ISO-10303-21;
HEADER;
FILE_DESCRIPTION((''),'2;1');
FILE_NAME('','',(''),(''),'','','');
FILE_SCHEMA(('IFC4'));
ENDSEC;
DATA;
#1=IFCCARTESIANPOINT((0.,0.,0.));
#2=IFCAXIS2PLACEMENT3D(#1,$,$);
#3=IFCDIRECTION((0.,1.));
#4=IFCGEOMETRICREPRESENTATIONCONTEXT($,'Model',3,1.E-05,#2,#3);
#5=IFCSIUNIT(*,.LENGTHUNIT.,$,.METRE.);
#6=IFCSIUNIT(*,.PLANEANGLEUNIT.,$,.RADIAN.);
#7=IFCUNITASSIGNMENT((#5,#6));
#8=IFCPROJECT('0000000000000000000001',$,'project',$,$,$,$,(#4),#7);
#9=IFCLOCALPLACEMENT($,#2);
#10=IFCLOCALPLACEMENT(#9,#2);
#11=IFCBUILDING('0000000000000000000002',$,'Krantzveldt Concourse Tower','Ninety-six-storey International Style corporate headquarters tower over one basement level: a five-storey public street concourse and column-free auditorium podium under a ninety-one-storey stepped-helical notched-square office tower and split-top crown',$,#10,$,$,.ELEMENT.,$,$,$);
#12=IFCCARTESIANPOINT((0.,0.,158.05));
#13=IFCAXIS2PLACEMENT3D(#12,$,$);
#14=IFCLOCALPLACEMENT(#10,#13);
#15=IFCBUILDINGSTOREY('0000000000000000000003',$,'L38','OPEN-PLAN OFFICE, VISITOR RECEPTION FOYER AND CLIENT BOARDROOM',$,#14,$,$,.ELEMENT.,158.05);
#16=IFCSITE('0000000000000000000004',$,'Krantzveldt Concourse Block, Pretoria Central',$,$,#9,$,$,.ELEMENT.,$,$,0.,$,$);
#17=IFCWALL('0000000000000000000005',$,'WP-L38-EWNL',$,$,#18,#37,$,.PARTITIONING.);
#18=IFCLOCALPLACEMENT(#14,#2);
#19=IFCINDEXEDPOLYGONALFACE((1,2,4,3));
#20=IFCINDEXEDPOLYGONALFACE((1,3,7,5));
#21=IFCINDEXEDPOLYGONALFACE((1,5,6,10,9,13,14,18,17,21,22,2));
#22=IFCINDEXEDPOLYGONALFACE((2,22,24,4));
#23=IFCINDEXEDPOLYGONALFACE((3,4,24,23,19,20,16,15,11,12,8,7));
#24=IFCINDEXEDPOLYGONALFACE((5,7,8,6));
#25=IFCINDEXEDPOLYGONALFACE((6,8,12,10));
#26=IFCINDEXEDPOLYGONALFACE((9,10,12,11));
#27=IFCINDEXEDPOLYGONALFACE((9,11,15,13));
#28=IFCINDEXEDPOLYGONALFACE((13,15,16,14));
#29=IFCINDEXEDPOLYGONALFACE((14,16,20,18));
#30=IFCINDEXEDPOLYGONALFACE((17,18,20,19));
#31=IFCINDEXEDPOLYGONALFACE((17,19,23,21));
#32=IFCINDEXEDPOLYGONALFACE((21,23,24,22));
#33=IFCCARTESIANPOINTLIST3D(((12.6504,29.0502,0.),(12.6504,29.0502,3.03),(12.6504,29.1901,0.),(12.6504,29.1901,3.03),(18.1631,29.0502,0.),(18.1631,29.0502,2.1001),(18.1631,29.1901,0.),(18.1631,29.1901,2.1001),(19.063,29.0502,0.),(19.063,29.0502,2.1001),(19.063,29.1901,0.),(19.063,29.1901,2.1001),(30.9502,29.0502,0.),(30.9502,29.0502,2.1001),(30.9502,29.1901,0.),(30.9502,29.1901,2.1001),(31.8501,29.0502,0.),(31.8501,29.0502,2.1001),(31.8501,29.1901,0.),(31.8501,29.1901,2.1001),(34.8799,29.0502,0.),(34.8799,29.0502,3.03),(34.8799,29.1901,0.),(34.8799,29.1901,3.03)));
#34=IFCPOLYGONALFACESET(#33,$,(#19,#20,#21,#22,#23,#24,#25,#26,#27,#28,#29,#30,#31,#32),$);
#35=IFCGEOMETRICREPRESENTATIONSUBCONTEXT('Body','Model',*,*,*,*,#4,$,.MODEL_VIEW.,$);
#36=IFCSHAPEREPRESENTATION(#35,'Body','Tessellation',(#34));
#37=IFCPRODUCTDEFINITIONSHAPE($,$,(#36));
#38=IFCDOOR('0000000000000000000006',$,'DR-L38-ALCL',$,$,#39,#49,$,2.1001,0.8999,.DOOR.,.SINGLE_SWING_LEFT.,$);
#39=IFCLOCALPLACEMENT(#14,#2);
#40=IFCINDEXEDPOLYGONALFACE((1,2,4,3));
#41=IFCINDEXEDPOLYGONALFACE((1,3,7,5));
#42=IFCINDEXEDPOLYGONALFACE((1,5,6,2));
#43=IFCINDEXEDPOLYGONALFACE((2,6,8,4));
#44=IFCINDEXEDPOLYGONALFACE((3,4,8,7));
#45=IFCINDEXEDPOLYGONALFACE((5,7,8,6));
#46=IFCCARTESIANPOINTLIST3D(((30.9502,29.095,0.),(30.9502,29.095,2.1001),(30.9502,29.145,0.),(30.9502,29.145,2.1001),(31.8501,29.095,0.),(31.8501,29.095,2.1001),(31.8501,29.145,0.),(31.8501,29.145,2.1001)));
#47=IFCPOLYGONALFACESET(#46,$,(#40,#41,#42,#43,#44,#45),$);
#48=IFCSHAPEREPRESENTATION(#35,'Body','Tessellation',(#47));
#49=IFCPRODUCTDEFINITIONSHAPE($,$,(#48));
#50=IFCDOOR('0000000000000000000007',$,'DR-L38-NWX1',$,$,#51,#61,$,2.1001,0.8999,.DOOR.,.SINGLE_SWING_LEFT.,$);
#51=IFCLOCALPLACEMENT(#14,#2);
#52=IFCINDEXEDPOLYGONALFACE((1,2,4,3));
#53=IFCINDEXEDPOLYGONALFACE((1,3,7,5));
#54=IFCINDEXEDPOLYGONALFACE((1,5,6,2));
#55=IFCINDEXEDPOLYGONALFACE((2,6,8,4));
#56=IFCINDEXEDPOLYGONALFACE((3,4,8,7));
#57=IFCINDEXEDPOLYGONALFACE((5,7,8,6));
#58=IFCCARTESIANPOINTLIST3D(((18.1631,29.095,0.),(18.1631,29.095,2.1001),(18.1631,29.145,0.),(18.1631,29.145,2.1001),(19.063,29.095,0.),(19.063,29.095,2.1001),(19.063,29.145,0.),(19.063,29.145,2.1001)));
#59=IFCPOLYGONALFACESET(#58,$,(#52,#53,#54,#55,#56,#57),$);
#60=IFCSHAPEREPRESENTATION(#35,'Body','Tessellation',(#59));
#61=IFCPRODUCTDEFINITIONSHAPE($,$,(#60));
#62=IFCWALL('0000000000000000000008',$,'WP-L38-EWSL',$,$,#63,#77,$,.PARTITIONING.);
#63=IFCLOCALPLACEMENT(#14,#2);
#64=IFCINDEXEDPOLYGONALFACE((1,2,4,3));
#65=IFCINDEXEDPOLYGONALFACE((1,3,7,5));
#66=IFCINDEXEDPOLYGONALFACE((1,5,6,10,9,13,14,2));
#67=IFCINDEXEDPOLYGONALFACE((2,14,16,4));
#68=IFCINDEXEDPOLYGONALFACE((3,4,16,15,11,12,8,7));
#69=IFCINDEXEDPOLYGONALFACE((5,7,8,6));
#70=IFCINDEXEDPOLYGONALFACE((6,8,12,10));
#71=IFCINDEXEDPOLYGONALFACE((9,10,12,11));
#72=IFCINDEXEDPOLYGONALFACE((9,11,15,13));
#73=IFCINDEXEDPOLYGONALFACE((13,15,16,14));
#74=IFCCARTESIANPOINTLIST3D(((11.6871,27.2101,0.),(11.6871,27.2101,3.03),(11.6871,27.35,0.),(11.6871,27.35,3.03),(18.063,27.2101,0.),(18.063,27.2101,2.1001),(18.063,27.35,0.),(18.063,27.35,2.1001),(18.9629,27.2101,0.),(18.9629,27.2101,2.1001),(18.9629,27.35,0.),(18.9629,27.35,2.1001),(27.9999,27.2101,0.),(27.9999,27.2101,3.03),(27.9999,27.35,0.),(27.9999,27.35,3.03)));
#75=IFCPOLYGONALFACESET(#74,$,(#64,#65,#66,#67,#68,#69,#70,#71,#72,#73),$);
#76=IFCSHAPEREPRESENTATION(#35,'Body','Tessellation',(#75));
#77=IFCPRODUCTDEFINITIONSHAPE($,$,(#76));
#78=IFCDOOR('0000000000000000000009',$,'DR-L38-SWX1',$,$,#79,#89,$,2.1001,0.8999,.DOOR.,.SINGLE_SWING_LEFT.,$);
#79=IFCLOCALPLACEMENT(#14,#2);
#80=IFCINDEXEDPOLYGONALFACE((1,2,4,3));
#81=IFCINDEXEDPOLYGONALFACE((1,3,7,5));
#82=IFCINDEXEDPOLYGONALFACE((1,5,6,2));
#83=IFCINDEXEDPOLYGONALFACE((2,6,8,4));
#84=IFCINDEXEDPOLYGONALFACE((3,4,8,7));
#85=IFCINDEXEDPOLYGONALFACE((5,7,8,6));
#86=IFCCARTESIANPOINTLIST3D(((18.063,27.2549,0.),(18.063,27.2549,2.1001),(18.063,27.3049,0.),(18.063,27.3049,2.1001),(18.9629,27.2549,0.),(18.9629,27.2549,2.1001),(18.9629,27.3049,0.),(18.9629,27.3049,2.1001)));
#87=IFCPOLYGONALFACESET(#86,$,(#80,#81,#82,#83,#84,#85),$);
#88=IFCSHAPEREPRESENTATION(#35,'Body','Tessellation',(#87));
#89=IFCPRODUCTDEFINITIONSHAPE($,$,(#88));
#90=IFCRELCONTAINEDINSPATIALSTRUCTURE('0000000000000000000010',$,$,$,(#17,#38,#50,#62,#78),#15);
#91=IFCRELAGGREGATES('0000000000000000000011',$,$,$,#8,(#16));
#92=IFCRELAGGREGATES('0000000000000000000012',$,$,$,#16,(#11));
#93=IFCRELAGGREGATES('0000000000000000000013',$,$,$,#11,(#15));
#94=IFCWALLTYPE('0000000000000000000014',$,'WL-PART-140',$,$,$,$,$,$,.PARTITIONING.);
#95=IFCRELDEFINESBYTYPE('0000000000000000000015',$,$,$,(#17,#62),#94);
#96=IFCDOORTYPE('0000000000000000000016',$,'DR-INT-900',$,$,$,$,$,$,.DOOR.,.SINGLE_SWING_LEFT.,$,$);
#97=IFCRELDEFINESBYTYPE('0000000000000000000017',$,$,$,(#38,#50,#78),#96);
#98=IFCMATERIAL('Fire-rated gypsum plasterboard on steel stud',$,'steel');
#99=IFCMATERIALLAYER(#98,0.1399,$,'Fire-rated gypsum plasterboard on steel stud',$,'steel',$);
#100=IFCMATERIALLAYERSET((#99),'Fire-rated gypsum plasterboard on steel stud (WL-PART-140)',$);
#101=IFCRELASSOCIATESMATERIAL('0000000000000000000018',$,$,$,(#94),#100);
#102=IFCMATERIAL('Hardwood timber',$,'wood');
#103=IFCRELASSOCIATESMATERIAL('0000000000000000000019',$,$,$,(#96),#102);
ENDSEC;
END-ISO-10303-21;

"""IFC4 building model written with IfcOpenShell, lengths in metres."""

from ifc_helpers import new_model, si_unit, direction, frame, frame_2d, origin, place, context, subcontext, project, spatial, rectangle, extrude, material, layer, layer_set, type_object, element, fill, save


model = new_model("IFC4")

# Units and contexts
model_context = context("Model", 3, precision=1e-05, world=origin(), true_north=direction((0.0, 1.0)))
body_context = subcontext(model_context, "Body", "Model", "MODEL_VIEW")
ifc_project = project(units=[si_unit("LENGTHUNIT", "METRE"), si_unit("PLANEANGLEUNIT", "RADIAN")], contexts=[model_context])

# Site, building, storey
site_placement = place(None, origin())
site = spatial("IfcSite", under=ifc_project, at=site_placement, Name="Krantzveldt Concourse Block, Pretoria Central", CompositionType="ELEMENT", RefElevation=0.0)
building_placement = place(site_placement, origin())
building = spatial("IfcBuilding", under=site, at=building_placement, Name="Krantzveldt Concourse Tower", Description="Ninety-six-storey International Style corporate headquarters tower over one basement level: a five-storey public street concourse and column-free auditorium podium under a ninety-one-storey stepped-helical notched-square office tower and split-top crown", CompositionType="ELEMENT")
storey_placement = place(building_placement, frame((0.0, 0.0, 158.05)))
storey = spatial("IfcBuildingStorey", under=building, at=storey_placement, Name="L38", Description="OPEN-PLAN OFFICE, VISITOR RECEPTION FOYER AND CLIENT BOARDROOM", CompositionType="ELEMENT", Elevation=158.05)

# Wall, openings, doors
ifc_material_1 = material(Name="Fire-rated gypsum plasterboard on steel stud", Category="steel")
ifc_layer_1 = layer(ifc_material_1, 0.1399, Name="Fire-rated gypsum plasterboard on steel stud", Category="steel")
ifc_layer_set_1 = layer_set([ifc_layer_1], Name="Fire-rated gypsum plasterboard on steel stud (WL-PART-140)")
wall_type = type_object("IfcWallType", Name="WL-PART-140", PredefinedType="PARTITIONING", material=ifc_layer_set_1)
wall_1_placement = place(storey_placement, frame((12.6504, 29.1201, 0.0), z_axis=(0.0, 0.0, 1.0), x_axis=(1.0, 0.0, 0.0)))
wall_1 = element("IfcWall", 1, at=wall_1_placement, inside=storey, type_object=wall_type, Name="WP-L38-EWNL", PredefinedType="PARTITIONING", context=body_context, shape_type="SweptSolid", body=[
    extrude(rectangle(XDim=22.2295, YDim=0.1399, at=frame_2d((11.1147, 0.0))), origin(), (0.0, 0.0, 1.0), 3.03),
])
opening_1_placement = place(wall_1_placement, frame((18.2998, 0.0, 0.0)))
opening_1 = element("IfcOpeningElement", 2, at=opening_1_placement, cuts=wall_1, PredefinedType="OPENING", context=body_context, shape_type="SweptSolid", body=[
    extrude(rectangle(XDim=0.8999, YDim=2.1001, at=frame_2d((0.45, 1.05))), frame((0.0, 0.0801, 0.0), z_axis=(0.0, -1.0, 0.0), x_axis=(1.0, 0.0, 0.0)), (0.0, 0.0, 1.0), 0.1599),
])
opening_2_placement = place(wall_1_placement, frame((5.5127, 0.0, 0.0)))
opening_2 = element("IfcOpeningElement", 3, at=opening_2_placement, cuts=wall_1, PredefinedType="OPENING", context=body_context, shape_type="SweptSolid", body=[
    extrude(rectangle(XDim=0.8999, YDim=2.1001, at=frame_2d((0.45, 1.05))), frame((0.0, 0.0801, 0.0), z_axis=(0.0, -1.0, 0.0), x_axis=(1.0, 0.0, 0.0)), (0.0, 0.0, 1.0), 0.1599),
])
ifc_material_2 = material(Name="Hardwood timber", Category="wood")
door_type = type_object("IfcDoorType", Name="DR-INT-900", OperationType="SINGLE_SWING_LEFT", PredefinedType="DOOR", material=ifc_material_2)
door_1_placement = place(opening_1_placement, origin())
door_1 = element("IfcDoor", 4, at=door_1_placement, inside=storey, type_object=door_type, Name="DR-L38-ALCL", OperationType="SINGLE_SWING_LEFT", OverallHeight=2.1001, OverallWidth=0.8999, PredefinedType="DOOR", context=body_context, shape_type="SweptSolid", body=[
    extrude(rectangle(XDim=0.8999, YDim=2.1001, at=frame_2d((0.45, 1.05))), frame((0.0, 0.0249, 0.0), z_axis=(0.0, -1.0, 0.0), x_axis=(1.0, 0.0, 0.0)), (0.0, 0.0, 1.0), 0.05),
])
fill(opening_1, door_1)
door_2_placement = place(opening_2_placement, origin())
door_2 = element("IfcDoor", 5, at=door_2_placement, inside=storey, type_object=door_type, Name="DR-L38-NWX1", OperationType="SINGLE_SWING_LEFT", OverallHeight=2.1001, OverallWidth=0.8999, PredefinedType="DOOR", context=body_context, shape_type="SweptSolid", body=[
    extrude(rectangle(XDim=0.8999, YDim=2.1001, at=frame_2d((0.45, 1.05))), frame((0.0, 0.0249, 0.0), z_axis=(0.0, -1.0, 0.0), x_axis=(1.0, 0.0, 0.0)), (0.0, 0.0, 1.0), 0.05),
])
fill(opening_2, door_2)

# Wall, opening, door
wall_2_placement = place(storey_placement, frame((11.6873, 27.28, 0.0), z_axis=(0.0, 0.0, 1.0), x_axis=(1.0, 0.0, 0.0)))
wall_2 = element("IfcWall", 6, at=wall_2_placement, inside=storey, type_object=wall_type, Name="WP-L38-EWSL", PredefinedType="PARTITIONING", context=body_context, shape_type="SweptSolid", body=[
    extrude(rectangle(XDim=16.3127, YDim=0.1399, at=frame_2d((8.1562, 0.0))), origin(), (0.0, 0.0, 1.0), 3.03),
])
opening_3_placement = place(wall_2_placement, frame((6.3757, 0.0, 0.0)))
opening_3 = element("IfcOpeningElement", 7, at=opening_3_placement, cuts=wall_2, PredefinedType="OPENING", context=body_context, shape_type="SweptSolid", body=[
    extrude(rectangle(XDim=0.8999, YDim=2.1001, at=frame_2d((0.45, 1.05))), frame((0.0, 0.0801, 0.0), z_axis=(0.0, -1.0, 0.0), x_axis=(1.0, 0.0, 0.0)), (0.0, 0.0, 1.0), 0.1599),
])
door_3_placement = place(opening_3_placement, origin())
door_3 = element("IfcDoor", 8, at=door_3_placement, inside=storey, type_object=door_type, Name="DR-L38-SWX1", OperationType="SINGLE_SWING_LEFT", OverallHeight=2.1001, OverallWidth=0.8999, PredefinedType="DOOR", context=body_context, shape_type="SweptSolid", body=[
    extrude(rectangle(XDim=0.8999, YDim=2.1001, at=frame_2d((0.45, 1.05))), frame((0.0, 0.0249, 0.0), z_axis=(0.0, -1.0, 0.0), x_axis=(1.0, 0.0, 0.0)), (0.0, 0.0, 1.0), 0.05),
])
fill(opening_3, door_3)

save(model, "model.ifc")
